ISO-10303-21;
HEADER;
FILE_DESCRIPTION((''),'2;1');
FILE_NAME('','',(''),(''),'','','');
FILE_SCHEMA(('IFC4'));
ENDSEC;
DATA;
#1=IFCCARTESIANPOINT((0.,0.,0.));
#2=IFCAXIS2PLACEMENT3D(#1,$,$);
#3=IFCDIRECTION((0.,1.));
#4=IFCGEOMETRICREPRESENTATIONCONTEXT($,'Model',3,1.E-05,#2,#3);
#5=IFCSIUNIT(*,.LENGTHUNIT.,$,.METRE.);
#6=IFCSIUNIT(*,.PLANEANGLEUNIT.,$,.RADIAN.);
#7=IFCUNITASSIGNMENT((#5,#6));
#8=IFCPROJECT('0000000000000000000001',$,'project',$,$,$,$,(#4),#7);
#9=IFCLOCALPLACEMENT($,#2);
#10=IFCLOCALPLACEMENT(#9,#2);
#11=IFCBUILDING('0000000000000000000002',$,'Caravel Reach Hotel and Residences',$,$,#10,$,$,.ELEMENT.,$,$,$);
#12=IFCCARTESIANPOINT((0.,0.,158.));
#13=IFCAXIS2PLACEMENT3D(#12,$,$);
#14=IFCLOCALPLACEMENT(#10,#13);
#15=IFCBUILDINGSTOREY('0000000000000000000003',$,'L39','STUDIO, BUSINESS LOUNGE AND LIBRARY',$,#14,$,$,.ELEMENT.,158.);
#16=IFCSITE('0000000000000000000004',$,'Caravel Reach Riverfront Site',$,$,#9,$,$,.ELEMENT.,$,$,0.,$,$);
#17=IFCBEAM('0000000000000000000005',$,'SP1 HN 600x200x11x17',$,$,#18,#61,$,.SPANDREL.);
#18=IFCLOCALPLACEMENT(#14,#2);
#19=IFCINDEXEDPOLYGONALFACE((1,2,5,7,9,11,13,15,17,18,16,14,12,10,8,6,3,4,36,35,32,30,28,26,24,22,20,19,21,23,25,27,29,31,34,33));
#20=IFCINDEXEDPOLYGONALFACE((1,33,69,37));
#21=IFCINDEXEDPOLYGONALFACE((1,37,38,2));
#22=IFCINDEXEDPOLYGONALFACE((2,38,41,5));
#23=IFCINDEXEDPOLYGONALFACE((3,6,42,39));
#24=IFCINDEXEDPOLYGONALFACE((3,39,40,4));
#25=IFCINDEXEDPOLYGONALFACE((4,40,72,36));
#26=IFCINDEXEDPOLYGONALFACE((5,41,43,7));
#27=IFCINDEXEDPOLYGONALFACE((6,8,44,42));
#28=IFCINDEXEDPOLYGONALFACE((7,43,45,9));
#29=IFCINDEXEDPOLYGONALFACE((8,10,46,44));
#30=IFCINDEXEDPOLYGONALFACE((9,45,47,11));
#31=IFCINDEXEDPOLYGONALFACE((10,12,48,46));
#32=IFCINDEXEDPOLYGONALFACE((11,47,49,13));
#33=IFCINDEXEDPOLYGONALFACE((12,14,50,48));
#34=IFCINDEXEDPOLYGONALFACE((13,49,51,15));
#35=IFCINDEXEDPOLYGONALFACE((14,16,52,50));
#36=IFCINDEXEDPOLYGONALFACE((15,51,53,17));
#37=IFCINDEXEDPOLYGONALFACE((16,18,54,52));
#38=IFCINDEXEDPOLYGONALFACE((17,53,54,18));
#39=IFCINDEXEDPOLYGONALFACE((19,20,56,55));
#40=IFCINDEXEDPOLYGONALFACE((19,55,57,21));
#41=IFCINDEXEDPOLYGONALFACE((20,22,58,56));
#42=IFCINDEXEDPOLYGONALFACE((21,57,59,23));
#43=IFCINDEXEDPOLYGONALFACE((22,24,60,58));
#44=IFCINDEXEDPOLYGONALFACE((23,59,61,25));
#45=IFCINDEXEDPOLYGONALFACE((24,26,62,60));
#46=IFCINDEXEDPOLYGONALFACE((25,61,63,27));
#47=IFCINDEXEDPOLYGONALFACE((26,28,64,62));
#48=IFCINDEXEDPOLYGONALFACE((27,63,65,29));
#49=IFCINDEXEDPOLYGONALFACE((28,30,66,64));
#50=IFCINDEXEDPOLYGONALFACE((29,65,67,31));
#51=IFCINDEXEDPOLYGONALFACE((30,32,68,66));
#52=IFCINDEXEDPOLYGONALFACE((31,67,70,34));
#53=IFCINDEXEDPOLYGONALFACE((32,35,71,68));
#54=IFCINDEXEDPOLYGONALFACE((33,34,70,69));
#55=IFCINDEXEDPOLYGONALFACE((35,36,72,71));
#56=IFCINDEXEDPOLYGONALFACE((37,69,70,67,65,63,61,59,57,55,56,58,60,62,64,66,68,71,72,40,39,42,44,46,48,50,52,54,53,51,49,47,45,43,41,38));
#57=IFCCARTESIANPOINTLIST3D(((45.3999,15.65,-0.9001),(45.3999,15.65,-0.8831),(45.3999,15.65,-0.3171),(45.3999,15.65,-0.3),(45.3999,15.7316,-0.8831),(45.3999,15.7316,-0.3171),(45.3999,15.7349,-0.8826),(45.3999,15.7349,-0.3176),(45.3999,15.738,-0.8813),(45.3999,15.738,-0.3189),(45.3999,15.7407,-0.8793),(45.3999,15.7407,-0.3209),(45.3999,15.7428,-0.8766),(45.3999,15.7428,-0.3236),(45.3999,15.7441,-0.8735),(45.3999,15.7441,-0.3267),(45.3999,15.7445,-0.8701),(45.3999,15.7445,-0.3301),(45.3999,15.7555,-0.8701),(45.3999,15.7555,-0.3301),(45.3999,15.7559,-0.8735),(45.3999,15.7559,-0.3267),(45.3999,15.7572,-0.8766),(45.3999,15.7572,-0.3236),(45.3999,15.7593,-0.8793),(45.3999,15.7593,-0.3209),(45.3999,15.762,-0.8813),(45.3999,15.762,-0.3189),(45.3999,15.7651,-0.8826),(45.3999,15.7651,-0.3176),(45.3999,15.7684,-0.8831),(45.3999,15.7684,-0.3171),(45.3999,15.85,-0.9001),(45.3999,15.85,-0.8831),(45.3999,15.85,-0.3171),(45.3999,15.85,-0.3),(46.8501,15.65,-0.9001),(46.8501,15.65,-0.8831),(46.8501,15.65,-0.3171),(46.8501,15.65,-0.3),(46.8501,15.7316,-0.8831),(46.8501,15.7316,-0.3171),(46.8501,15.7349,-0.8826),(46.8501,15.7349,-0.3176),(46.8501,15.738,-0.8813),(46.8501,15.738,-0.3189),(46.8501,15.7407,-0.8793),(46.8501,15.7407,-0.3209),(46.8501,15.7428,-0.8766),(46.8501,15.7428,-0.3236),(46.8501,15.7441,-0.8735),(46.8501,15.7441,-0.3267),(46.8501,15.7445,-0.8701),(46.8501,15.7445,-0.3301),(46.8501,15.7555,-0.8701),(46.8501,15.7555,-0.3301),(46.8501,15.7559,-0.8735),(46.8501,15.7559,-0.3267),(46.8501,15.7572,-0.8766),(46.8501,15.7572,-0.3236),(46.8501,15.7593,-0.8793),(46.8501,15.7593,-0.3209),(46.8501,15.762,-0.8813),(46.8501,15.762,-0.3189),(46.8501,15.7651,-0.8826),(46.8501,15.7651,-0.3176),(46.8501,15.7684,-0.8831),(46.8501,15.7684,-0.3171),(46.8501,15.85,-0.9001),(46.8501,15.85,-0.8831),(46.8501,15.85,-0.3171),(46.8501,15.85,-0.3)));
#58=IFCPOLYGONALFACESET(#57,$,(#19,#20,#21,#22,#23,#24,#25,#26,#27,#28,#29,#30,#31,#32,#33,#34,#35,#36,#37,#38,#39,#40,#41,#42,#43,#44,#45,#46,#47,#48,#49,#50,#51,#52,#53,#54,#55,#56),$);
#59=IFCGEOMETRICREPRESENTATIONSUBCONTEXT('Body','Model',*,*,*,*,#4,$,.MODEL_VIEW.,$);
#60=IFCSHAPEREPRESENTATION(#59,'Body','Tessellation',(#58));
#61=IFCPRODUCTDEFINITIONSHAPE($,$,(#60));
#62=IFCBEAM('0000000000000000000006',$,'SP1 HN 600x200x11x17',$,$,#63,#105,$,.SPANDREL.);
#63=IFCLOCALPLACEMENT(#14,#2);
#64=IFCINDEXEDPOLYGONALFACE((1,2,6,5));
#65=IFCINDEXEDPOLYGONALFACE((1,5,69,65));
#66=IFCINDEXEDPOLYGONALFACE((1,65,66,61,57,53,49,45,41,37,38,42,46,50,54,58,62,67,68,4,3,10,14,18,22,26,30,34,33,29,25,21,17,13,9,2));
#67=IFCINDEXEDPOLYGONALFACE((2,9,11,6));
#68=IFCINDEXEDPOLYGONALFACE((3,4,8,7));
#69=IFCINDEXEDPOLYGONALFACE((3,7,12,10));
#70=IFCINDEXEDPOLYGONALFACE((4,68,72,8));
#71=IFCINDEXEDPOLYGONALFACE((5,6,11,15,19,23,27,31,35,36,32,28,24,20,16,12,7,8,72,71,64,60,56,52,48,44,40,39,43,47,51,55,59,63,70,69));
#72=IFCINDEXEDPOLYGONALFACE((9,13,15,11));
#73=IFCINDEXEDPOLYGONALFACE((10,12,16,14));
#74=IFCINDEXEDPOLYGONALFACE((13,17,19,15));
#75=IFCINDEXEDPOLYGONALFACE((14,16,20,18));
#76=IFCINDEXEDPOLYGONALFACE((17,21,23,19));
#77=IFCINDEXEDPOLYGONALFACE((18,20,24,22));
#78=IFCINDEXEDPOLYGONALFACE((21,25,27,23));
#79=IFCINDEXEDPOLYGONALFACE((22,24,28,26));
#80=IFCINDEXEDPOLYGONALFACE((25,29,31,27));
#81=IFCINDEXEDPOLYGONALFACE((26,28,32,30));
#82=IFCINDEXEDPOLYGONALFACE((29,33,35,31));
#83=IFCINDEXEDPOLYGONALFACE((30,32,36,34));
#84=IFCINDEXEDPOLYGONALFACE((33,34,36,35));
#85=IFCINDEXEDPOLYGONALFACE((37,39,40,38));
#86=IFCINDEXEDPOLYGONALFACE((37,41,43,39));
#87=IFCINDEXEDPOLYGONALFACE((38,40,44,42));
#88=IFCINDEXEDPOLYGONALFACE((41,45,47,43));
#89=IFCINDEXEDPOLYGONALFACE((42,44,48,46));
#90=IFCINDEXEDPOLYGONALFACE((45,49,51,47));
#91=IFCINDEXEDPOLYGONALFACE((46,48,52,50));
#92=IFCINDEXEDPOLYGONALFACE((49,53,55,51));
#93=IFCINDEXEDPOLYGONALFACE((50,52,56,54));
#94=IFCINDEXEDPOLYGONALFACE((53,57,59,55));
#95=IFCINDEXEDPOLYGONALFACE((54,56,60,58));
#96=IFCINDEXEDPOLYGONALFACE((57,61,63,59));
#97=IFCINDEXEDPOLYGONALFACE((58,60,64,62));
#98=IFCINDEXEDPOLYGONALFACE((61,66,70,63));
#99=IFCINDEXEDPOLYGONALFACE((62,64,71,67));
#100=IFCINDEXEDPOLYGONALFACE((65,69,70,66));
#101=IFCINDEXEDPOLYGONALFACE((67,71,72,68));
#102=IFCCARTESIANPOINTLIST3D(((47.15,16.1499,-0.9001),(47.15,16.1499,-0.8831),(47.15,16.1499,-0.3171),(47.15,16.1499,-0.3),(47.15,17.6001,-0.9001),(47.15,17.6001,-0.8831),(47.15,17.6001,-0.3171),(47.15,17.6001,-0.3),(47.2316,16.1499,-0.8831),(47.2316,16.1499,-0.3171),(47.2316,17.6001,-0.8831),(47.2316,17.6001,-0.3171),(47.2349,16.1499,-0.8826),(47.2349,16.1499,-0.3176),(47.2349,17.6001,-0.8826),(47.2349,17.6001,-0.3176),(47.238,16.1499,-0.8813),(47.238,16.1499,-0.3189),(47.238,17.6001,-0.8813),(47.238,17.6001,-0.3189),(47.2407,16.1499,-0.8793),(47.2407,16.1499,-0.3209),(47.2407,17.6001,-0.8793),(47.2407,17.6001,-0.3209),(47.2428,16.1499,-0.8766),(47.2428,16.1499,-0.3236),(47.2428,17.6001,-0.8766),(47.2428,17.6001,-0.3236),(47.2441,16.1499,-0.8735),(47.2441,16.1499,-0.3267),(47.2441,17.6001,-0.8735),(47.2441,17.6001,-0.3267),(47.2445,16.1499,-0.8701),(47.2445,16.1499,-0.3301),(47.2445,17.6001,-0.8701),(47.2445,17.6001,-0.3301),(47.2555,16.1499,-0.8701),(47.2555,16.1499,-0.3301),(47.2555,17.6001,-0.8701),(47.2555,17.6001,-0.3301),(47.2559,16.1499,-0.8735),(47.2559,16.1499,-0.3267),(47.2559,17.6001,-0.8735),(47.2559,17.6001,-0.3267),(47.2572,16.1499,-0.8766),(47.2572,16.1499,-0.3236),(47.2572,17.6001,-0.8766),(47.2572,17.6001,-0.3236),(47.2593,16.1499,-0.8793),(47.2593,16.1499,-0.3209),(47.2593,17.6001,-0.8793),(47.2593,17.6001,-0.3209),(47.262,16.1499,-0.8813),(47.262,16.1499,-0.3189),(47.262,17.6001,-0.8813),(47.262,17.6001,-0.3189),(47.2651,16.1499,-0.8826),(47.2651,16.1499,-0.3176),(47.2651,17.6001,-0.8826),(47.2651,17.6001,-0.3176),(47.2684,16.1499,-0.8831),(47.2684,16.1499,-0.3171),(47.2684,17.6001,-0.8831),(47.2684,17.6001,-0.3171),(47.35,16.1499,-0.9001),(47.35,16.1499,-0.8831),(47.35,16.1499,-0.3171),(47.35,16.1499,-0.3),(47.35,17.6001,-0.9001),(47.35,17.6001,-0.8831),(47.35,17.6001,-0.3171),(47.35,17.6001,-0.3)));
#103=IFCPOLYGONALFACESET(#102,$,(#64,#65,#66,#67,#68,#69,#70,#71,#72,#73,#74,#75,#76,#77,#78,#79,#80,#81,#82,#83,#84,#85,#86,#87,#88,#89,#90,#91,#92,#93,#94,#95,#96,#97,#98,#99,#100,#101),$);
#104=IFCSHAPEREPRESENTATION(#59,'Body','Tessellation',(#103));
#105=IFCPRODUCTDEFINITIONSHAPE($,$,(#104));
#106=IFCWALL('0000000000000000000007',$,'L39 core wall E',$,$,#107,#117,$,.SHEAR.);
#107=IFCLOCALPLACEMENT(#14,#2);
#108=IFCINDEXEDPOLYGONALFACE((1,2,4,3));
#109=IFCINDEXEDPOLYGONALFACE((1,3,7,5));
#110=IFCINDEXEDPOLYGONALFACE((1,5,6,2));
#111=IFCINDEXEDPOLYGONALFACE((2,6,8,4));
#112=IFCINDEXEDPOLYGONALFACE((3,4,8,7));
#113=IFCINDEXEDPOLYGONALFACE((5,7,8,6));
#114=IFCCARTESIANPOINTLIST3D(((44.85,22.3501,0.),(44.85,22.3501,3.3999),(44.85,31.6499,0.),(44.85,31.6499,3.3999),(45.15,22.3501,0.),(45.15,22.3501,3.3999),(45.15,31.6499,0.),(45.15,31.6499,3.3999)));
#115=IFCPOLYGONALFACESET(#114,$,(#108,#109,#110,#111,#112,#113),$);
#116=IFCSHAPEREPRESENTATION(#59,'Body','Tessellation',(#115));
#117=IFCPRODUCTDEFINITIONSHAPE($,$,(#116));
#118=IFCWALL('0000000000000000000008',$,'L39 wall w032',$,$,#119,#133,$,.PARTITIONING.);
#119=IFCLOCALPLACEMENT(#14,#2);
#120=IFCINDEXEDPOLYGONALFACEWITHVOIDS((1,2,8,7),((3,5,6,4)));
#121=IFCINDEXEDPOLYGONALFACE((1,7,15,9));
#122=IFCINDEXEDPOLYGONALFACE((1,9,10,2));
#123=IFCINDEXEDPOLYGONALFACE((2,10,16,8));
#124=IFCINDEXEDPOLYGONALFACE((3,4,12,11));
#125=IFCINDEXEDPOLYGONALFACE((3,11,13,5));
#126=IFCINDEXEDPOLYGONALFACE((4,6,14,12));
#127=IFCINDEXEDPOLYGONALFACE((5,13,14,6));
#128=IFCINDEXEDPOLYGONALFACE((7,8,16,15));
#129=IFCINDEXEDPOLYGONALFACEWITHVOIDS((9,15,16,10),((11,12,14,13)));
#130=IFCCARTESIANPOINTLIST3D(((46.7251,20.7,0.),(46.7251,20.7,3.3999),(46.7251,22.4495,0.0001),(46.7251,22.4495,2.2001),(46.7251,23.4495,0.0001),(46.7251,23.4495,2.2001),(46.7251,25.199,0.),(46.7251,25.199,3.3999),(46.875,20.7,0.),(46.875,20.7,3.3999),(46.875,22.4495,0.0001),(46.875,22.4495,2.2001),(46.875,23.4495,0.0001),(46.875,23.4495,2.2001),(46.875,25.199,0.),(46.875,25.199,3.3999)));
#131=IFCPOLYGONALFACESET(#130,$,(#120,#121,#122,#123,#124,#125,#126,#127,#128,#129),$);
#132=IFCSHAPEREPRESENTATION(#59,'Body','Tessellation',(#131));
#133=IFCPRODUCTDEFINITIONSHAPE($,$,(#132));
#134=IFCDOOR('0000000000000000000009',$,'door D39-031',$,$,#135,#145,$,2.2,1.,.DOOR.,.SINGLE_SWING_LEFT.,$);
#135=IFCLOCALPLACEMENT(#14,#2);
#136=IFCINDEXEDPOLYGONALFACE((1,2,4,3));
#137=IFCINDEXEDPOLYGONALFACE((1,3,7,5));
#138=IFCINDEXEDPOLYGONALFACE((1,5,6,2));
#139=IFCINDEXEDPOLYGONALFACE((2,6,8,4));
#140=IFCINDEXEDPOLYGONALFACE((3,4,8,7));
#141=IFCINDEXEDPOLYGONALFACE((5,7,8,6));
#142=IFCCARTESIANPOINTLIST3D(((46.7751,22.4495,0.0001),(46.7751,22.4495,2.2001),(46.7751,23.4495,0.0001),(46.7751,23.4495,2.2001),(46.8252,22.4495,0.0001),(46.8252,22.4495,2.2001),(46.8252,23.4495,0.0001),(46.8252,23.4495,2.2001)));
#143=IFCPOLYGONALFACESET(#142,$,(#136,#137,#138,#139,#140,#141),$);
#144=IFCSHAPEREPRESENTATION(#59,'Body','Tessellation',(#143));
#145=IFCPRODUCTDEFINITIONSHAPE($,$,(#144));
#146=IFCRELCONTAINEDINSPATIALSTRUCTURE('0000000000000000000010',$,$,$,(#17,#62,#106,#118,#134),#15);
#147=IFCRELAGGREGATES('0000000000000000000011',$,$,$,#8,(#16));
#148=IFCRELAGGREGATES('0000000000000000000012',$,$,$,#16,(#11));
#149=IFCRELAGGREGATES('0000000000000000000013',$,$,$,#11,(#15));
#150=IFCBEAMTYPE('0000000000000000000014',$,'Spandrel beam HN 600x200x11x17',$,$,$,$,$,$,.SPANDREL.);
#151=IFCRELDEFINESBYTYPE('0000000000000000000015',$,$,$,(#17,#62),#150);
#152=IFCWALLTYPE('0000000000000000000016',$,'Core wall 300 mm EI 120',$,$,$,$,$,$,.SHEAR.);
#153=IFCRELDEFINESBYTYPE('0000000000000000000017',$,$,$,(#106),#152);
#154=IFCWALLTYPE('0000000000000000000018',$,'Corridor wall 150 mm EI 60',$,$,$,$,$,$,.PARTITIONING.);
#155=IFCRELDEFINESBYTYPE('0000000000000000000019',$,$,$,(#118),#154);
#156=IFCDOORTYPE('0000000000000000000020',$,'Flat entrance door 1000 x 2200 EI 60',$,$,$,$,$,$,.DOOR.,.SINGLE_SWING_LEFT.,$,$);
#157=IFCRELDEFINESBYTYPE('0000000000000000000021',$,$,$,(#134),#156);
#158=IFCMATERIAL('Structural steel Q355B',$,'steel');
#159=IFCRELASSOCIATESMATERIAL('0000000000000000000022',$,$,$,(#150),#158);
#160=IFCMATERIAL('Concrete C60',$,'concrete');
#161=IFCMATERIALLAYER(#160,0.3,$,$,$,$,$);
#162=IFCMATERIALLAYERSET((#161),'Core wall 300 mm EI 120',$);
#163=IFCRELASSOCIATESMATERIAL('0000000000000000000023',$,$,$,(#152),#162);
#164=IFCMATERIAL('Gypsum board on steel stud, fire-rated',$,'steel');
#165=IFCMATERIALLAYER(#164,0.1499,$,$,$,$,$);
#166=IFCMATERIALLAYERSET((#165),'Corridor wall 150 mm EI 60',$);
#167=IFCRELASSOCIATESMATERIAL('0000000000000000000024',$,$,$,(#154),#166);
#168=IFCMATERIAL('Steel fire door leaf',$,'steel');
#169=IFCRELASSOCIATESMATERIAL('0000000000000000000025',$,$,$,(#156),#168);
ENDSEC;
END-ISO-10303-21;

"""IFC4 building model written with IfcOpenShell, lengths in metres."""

from ifc_helpers import new_model, si_unit, direction, frame, frame_2d, origin, origin_2d, place, context, subcontext, project, spatial, rectangle, i_section, extrude, material, layer, layer_set, material_profile, profile_set, type_object, element, fill, save


model = new_model("IFC4")

# Units and contexts
model_context = context("Model", 3, precision=1e-05, world=origin(), true_north=direction((0.0, 1.0)))
body_context = subcontext(model_context, "Body", "Model", "MODEL_VIEW")
ifc_project = project(units=[si_unit("LENGTHUNIT", "METRE"), si_unit("PLANEANGLEUNIT", "RADIAN")], contexts=[model_context])

# Site, building, storey
site_placement = place(None, origin())
site = spatial("IfcSite", under=ifc_project, at=site_placement, Name="Caravel Reach Riverfront Site", CompositionType="ELEMENT", RefElevation=0.0)
building_placement = place(site_placement, origin())
building = spatial("IfcBuilding", under=site, at=building_placement, Name="Caravel Reach Hotel and Residences", CompositionType="ELEMENT")
storey_placement = place(building_placement, frame((0.0, 0.0, 158.0)))
storey = spatial("IfcBuildingStorey", under=building, at=storey_placement, Name="L39", Description="STUDIO, BUSINESS LOUNGE AND LIBRARY", CompositionType="ELEMENT", Elevation=158.0)

# Beams
ifc_material_1 = material(Name="Structural steel Q355B", Category="steel")
ifc_material_profile_1 = material_profile(ifc_material_1, i_section(OverallWidth=0.2, OverallDepth=0.6001, WebThickness=0.011, FlangeThickness=0.0171, FilletRadius=0.0129, at=origin_2d()), Name="HN 600x200x11x17")
ifc_profile_set_1 = profile_set([ifc_material_profile_1], Name="Structural steel Q355B")
beam_type = type_object("IfcBeamType", Name="Spandrel beam HN 600x200x11x17", PredefinedType="SPANDREL", material=ifc_profile_set_1)
for number, where, z_axis, x_axis, name in (
    (1, (45.3999, 15.75, -0.6001), (1.0, 0.0, 0.0), (0.0, 1.0, 0.0), "SP1 HN 600x200x11x17"),
    (2, (47.25, 16.1499, -0.6001), (0.0, 1.0, 0.0), (-1.0, 0.0, 0.0), "SP1 HN 600x200x11x17"),
):
    element("IfcBeam", number, at=place(storey_placement, frame(where, z_axis=z_axis, x_axis=x_axis)), inside=storey, type_object=beam_type, Name=name, PredefinedType="SPANDREL", context=body_context, shape_type="SweptSolid", body=[
        extrude(i_section(OverallWidth=0.2, OverallDepth=0.6001, WebThickness=0.011, FlangeThickness=0.0171, FilletRadius=0.0129, at=origin_2d()), origin(), (0.0, 0.0, 1.0), 1.4502),
    ])

# Wall
ifc_material_2 = material(Name="Concrete C60", Category="concrete")
ifc_layer_1 = layer(ifc_material_2, 0.3)
ifc_layer_set_1 = layer_set([ifc_layer_1], Name="Core wall 300 mm EI 120")
wall_type_1 = type_object("IfcWallType", Name="Core wall 300 mm EI 120", PredefinedType="SHEAR", material=ifc_layer_set_1)
wall_1_placement = place(storey_placement, frame((45.0, 22.3501, 0.0), z_axis=(0.0, 0.0, 1.0), x_axis=(0.0, 1.0, 0.0)))
element("IfcWall", 3, at=wall_1_placement, inside=storey, type_object=wall_type_1, Name="L39 core wall E", PredefinedType="SHEAR", context=body_context, shape_type="SweptSolid", body=[
    extrude(rectangle(XDim=9.2998, YDim=0.3, at=frame_2d((4.6499, 0.0))), origin(), (0.0, 0.0, 1.0), 3.3999),
])

# Wall, opening, door
ifc_material_3 = material(Name="Gypsum board on steel stud, fire-rated", Category="steel")
ifc_layer_2 = layer(ifc_material_3, 0.1499)
ifc_layer_set_2 = layer_set([ifc_layer_2], Name="Corridor wall 150 mm EI 60")
wall_type_2 = type_object("IfcWallType", Name="Corridor wall 150 mm EI 60", PredefinedType="PARTITIONING", material=ifc_layer_set_2)
wall_2_placement = place(storey_placement, frame((46.8, 20.7, 0.0), z_axis=(0.0, 0.0, 1.0), x_axis=(0.0, 1.0, 0.0)))
wall_2 = element("IfcWall", 4, at=wall_2_placement, inside=storey, type_object=wall_type_2, Name="L39 wall w032", PredefinedType="PARTITIONING", context=body_context, shape_type="SweptSolid", body=[
    extrude(rectangle(XDim=4.499, YDim=0.1499, at=frame_2d((2.2495, 0.0))), origin(), (0.0, 0.0, 1.0), 3.3999),
])
opening_1_placement = place(wall_2_placement, frame((1.7495, 0.0, 0.0)))
opening_1 = element("IfcOpeningElement", 5, at=opening_1_placement, cuts=wall_2, PredefinedType="OPENING", context=body_context, shape_type="SweptSolid", body=[
    extrude(rectangle(XDim=1.0, YDim=2.2, at=frame_2d((0.5, 1.1001))), frame((0.0, 0.085, 0.0), z_axis=(0.0, -1.0, 0.0), x_axis=(1.0, 0.0, 0.0)), (0.0, 0.0, 1.0), 0.1699),
])
ifc_material_4 = material(Name="Steel fire door leaf", Category="steel")
door_type_1 = type_object("IfcDoorType", Name="Flat entrance door 1000 x 2200 EI 60", OperationType="SINGLE_SWING_LEFT", PredefinedType="DOOR", material=ifc_material_4)
door_1_placement = place(opening_1_placement, origin())
door_1 = element("IfcDoor", 6, at=door_1_placement, inside=storey, type_object=door_type_1, Name="door D39-031", OperationType="SINGLE_SWING_LEFT", OverallHeight=2.2, OverallWidth=1.0, PredefinedType="DOOR", context=body_context, shape_type="SweptSolid", body=[
    extrude(rectangle(XDim=1.0, YDim=2.2, at=frame_2d((0.5, 1.1001))), frame((0.0, 0.0249, 0.0), z_axis=(0.0, -1.0, 0.0), x_axis=(1.0, 0.0, 0.0)), (0.0, 0.0, 1.0), 0.05),
])
fill(opening_1, door_1)

save(model, "model.ifc")
